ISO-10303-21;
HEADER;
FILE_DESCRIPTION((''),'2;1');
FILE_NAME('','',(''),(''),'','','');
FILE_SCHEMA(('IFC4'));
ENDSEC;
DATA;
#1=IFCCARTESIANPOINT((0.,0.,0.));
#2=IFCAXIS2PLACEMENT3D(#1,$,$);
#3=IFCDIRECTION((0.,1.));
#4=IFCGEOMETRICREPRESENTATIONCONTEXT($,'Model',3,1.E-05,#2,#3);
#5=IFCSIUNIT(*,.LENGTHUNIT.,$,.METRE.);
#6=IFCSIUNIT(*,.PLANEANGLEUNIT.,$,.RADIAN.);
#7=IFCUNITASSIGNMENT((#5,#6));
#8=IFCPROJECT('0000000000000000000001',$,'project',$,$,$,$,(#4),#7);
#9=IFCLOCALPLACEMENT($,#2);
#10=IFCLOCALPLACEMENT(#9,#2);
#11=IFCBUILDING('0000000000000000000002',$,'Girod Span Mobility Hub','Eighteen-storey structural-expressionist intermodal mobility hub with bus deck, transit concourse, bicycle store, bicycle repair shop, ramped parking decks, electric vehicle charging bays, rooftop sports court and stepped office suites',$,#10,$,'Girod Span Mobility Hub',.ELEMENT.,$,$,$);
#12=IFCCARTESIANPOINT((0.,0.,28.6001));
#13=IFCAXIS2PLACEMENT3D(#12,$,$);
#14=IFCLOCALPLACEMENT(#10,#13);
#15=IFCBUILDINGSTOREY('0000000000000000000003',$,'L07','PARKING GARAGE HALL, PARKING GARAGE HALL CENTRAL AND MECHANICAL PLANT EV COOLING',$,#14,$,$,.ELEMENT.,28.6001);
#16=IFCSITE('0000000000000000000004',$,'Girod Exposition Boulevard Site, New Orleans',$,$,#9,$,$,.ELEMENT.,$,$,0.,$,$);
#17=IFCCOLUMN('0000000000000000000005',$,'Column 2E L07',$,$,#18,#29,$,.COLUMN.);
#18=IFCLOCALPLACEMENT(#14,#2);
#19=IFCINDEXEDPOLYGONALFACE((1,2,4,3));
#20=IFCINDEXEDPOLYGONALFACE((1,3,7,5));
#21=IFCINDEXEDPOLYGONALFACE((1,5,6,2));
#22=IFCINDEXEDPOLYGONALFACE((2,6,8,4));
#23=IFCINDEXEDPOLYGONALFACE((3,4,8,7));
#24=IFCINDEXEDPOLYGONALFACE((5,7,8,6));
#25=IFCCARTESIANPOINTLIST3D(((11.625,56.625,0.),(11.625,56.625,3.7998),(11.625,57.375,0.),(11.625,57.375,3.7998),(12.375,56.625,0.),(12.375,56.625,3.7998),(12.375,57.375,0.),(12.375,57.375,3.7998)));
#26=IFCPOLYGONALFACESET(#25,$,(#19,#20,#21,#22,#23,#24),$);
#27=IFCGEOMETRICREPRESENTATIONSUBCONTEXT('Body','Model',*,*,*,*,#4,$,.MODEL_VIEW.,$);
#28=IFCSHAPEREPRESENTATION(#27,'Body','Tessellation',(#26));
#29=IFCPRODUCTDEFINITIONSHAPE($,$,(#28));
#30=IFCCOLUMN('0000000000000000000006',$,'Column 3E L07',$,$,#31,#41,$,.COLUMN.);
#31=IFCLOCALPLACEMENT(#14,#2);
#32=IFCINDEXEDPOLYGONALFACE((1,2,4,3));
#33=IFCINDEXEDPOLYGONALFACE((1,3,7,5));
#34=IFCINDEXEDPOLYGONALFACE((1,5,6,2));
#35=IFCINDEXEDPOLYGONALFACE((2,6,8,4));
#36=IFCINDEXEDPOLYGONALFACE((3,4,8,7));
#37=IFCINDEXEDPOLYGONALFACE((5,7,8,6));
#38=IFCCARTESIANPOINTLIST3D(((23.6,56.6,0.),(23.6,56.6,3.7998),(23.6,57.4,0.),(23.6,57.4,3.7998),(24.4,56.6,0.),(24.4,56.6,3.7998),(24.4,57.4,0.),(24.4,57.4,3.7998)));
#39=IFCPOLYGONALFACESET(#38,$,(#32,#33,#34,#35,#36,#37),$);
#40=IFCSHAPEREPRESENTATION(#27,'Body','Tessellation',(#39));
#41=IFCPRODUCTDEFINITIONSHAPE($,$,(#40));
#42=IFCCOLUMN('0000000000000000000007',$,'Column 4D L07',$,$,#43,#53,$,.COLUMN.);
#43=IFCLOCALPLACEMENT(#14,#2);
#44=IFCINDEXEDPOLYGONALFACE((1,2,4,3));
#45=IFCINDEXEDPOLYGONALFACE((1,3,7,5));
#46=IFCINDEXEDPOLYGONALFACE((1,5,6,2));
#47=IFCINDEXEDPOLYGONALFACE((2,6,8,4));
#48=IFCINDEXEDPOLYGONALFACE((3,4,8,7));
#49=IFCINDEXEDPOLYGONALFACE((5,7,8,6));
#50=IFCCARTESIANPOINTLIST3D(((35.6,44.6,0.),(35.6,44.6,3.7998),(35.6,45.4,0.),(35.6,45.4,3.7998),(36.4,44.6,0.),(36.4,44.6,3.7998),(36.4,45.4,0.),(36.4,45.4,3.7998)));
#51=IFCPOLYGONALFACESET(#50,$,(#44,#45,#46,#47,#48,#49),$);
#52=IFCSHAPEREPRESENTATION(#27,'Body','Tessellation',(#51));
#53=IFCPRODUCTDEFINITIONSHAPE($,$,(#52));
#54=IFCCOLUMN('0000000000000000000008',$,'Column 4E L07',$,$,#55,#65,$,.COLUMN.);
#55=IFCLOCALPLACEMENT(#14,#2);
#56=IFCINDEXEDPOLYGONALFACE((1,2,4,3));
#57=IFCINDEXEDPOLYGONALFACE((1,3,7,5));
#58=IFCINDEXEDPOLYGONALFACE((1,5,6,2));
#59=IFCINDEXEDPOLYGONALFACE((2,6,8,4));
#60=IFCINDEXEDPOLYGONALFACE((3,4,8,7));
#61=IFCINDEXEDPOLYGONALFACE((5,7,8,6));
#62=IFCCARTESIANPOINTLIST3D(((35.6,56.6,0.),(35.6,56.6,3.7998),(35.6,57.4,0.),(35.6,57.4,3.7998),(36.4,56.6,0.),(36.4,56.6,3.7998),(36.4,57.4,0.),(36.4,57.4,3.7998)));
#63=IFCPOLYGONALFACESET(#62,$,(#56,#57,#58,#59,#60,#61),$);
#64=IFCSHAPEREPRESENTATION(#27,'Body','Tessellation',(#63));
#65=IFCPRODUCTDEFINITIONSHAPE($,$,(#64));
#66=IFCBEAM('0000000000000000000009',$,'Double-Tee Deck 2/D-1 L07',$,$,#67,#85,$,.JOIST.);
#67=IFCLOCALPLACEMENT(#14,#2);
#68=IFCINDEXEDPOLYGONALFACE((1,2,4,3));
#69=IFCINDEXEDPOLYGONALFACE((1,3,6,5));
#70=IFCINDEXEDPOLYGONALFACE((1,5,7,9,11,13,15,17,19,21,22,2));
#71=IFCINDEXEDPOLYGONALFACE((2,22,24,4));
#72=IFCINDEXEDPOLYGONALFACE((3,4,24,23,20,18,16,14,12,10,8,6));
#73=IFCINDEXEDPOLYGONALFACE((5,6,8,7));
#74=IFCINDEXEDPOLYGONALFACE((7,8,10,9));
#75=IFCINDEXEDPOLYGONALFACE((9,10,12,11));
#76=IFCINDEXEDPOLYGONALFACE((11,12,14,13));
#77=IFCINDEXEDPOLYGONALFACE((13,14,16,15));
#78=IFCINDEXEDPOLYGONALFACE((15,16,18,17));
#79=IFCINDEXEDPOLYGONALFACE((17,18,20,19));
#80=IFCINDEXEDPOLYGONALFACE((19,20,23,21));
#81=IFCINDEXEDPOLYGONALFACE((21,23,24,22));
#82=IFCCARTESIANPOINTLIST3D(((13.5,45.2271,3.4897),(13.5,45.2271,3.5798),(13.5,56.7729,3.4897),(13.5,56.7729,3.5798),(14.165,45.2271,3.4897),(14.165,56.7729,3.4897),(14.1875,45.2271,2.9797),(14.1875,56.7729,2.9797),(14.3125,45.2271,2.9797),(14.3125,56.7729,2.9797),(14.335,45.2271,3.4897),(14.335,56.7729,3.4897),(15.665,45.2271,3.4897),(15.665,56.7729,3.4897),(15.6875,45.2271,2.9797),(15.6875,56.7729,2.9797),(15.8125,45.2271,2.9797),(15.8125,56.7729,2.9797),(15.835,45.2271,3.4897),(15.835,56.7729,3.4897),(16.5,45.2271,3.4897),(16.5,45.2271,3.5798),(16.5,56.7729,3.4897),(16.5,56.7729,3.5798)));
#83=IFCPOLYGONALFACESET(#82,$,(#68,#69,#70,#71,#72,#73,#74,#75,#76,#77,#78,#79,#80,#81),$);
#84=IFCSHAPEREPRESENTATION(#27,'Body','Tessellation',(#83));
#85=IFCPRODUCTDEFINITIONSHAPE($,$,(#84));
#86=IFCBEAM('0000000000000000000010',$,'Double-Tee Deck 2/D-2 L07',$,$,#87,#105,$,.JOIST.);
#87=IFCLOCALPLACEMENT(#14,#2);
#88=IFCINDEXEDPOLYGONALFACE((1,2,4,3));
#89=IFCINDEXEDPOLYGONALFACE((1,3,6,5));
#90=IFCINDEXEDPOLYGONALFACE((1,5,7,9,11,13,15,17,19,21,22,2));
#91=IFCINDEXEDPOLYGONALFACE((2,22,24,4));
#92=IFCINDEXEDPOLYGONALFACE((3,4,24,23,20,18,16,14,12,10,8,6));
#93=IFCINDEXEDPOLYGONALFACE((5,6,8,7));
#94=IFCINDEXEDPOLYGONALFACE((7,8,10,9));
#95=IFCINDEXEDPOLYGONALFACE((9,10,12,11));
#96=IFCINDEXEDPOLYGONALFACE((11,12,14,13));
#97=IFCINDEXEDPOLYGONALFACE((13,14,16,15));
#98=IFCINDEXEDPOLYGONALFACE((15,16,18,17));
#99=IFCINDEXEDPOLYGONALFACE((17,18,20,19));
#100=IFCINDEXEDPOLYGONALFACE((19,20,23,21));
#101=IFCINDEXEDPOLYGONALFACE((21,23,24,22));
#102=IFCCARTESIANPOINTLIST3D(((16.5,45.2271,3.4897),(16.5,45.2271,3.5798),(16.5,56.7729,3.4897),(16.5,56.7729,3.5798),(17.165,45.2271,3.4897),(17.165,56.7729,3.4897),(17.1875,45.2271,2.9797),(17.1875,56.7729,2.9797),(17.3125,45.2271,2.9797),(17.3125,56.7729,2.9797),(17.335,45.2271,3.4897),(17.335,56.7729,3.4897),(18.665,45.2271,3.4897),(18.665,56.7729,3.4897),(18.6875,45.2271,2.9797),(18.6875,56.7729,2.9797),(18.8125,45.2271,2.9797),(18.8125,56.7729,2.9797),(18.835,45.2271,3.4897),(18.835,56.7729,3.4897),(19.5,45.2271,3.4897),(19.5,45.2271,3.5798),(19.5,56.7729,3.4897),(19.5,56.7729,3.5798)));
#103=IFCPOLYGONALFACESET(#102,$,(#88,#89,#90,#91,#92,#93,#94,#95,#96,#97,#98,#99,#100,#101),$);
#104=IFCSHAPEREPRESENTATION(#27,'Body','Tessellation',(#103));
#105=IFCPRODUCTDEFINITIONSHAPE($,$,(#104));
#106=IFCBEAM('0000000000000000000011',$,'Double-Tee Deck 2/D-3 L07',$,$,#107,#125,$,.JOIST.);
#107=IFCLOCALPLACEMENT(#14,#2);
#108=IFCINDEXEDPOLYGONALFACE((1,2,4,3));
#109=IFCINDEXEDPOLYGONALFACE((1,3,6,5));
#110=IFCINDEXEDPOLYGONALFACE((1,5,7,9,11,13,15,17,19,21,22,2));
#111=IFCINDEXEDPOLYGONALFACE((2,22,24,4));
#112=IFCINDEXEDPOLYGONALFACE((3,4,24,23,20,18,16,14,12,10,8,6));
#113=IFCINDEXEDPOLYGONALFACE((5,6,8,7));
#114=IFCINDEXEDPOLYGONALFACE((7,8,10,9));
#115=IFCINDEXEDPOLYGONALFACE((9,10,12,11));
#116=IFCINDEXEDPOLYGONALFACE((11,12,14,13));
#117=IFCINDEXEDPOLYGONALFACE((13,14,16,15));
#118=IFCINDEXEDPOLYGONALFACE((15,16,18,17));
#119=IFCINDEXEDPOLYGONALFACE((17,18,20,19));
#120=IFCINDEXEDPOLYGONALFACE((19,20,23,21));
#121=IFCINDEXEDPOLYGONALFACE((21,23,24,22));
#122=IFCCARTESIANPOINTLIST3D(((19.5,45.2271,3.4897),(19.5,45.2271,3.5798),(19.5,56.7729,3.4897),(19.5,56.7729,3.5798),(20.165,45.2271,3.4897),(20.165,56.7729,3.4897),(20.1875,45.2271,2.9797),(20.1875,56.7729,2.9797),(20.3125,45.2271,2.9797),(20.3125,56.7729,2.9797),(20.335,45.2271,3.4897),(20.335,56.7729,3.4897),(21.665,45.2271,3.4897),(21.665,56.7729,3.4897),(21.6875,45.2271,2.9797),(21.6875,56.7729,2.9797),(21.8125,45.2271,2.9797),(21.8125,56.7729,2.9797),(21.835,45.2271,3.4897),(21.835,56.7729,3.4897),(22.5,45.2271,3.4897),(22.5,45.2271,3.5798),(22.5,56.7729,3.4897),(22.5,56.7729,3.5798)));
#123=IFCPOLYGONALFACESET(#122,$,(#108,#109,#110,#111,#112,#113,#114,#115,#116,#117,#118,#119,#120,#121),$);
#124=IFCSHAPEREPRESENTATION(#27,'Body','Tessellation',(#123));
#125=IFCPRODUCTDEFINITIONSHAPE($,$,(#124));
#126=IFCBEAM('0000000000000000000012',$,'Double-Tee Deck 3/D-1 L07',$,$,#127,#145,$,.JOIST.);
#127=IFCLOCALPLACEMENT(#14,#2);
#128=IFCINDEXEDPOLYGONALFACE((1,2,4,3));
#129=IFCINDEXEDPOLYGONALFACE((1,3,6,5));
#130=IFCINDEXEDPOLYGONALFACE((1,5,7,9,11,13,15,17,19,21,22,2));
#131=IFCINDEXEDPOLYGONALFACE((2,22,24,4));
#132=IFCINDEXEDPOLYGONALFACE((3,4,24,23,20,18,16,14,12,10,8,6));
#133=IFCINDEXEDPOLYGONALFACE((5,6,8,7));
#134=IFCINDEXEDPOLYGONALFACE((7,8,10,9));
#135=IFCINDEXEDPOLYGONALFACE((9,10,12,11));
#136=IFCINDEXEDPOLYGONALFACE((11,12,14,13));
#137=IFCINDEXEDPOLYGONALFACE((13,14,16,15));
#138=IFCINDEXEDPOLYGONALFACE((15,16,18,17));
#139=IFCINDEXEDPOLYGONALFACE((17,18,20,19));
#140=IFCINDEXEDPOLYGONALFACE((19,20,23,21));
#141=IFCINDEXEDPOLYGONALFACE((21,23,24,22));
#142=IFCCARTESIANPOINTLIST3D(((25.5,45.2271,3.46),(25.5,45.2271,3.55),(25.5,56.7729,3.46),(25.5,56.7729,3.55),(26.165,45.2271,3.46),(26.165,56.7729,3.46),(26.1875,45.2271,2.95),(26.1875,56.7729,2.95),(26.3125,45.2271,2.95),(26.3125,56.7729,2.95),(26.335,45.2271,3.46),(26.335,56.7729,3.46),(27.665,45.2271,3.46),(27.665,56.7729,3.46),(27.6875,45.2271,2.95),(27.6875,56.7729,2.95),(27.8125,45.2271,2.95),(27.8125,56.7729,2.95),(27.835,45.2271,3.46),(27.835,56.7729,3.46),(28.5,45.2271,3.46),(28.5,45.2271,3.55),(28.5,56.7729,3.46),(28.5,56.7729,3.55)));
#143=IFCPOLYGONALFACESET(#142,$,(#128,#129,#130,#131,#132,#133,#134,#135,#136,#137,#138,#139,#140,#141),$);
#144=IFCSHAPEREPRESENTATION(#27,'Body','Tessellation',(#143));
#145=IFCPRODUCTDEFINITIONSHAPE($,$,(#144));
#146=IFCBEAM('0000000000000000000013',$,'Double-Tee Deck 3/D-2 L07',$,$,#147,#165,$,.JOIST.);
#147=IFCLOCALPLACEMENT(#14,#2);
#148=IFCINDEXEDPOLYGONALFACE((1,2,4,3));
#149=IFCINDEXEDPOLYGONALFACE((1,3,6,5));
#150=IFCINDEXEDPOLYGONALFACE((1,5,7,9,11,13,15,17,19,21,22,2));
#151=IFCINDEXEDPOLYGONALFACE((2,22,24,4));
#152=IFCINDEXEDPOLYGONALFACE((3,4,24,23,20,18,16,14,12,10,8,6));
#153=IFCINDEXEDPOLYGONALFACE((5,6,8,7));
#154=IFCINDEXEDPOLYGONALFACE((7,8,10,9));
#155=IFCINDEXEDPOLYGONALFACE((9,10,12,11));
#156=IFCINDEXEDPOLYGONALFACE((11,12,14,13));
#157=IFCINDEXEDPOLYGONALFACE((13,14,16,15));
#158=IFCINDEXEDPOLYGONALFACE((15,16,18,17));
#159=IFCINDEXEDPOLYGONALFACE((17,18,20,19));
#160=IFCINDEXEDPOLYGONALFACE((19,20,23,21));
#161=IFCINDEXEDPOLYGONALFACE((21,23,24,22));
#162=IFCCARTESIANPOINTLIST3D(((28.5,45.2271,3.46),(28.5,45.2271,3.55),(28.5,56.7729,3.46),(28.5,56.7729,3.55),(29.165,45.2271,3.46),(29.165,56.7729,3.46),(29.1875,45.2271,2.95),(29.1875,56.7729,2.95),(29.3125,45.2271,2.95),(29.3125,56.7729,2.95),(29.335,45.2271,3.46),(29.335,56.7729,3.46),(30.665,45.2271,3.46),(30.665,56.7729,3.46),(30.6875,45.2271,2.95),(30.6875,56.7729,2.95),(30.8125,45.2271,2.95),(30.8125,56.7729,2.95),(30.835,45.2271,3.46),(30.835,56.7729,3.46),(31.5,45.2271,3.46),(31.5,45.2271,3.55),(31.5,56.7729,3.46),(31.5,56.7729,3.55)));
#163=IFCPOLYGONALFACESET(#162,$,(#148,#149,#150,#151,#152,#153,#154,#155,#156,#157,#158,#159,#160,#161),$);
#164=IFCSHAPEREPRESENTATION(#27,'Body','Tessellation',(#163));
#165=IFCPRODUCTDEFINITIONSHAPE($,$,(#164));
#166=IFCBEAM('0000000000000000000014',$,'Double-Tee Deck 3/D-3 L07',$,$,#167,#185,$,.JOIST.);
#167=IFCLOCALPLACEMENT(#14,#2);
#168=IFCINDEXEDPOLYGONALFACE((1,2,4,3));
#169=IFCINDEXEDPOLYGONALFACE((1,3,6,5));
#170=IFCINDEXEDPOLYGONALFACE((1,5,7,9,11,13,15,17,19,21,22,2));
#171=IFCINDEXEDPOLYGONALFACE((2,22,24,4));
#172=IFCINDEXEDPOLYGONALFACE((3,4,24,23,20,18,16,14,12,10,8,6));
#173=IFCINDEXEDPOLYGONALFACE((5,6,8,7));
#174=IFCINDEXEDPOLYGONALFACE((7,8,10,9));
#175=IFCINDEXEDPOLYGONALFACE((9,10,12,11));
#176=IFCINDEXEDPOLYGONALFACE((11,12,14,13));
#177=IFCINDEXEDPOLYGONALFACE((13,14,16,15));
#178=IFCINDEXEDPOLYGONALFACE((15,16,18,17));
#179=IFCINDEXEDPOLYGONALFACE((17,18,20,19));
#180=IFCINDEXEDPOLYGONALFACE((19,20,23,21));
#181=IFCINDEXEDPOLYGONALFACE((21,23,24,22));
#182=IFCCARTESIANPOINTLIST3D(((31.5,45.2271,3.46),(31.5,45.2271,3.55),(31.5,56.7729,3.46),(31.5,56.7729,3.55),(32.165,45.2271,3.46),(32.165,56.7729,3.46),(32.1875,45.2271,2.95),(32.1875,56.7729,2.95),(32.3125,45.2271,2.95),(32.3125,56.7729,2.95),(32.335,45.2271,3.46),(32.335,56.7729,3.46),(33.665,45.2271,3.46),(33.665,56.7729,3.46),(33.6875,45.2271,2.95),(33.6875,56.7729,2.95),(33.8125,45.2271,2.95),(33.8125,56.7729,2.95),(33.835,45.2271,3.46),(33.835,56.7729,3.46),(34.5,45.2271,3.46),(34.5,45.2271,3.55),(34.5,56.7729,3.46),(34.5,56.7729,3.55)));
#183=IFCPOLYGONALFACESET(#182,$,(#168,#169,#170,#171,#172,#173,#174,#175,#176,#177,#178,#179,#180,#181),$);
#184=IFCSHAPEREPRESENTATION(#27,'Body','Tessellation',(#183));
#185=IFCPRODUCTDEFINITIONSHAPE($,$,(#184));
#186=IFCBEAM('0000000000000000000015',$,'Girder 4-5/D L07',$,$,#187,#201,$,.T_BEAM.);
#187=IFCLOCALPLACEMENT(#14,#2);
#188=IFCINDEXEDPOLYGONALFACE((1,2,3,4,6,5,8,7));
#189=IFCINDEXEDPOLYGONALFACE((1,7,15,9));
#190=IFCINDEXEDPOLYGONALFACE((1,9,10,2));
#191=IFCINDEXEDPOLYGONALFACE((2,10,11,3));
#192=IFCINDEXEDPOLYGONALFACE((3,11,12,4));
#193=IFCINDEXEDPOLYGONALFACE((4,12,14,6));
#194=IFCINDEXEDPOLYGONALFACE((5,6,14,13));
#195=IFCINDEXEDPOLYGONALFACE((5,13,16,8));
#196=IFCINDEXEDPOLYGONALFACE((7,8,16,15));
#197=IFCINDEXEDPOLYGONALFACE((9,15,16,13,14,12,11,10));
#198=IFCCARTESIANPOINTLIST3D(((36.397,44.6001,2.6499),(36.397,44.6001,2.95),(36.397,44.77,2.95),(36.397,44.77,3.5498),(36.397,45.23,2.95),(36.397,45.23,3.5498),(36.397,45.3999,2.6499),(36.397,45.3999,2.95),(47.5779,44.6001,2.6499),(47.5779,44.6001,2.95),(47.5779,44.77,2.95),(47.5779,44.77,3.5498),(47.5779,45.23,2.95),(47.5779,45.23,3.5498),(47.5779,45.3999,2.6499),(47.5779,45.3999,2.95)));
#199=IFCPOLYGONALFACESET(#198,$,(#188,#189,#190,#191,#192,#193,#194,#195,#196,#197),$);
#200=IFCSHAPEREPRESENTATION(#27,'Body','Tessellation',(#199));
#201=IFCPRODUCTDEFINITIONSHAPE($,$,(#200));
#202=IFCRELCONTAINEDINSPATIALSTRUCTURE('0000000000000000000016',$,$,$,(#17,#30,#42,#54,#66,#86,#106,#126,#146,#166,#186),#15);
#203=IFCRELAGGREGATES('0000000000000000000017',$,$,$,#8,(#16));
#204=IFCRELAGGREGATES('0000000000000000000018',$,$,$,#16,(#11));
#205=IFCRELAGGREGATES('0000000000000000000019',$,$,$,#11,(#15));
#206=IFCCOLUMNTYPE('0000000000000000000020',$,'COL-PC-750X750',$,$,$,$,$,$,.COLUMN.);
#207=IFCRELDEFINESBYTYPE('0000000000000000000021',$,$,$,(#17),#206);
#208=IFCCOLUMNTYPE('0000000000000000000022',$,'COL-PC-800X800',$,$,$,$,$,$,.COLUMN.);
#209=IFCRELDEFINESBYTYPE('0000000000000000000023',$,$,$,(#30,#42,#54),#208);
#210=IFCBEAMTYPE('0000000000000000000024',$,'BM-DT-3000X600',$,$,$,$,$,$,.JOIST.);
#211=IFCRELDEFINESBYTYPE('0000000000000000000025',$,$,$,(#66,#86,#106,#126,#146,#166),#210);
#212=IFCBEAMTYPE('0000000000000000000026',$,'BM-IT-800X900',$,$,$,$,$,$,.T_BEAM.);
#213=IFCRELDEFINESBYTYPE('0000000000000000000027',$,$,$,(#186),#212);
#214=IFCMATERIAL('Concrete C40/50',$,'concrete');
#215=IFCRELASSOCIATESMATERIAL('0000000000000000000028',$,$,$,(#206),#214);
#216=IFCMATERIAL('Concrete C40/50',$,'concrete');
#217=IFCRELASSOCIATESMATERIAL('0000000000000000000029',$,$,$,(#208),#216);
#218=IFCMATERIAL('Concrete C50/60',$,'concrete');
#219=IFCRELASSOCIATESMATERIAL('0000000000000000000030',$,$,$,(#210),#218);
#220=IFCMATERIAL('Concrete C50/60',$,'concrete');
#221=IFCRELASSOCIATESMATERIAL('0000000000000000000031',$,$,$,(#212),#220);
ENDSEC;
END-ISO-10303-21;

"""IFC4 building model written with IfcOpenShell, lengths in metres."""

from ifc_helpers import new_model, si_unit, direction, frame, origin, origin_2d, place, context, subcontext, project, spatial, polyline, rectangle, outline, extrude, material, material_profile, profile_set, type_object, element, save


model = new_model("IFC4")

# Units and contexts
model_context = context("Model", 3, precision=1e-05, world=origin(), true_north=direction((0.0, 1.0)))
body_context = subcontext(model_context, "Body", "Model", "MODEL_VIEW")
ifc_project = project(units=[si_unit("LENGTHUNIT", "METRE"), si_unit("PLANEANGLEUNIT", "RADIAN")], contexts=[model_context])

# Site, building, storey
site_placement = place(None, origin())
site = spatial("IfcSite", under=ifc_project, at=site_placement, Name="Girod Exposition Boulevard Site, New Orleans", CompositionType="ELEMENT", RefElevation=0.0)
building_placement = place(site_placement, origin())
building = spatial("IfcBuilding", under=site, at=building_placement, Name="Girod Span Mobility Hub", Description="Eighteen-storey structural-expressionist intermodal mobility hub with bus deck, transit concourse, bicycle store, bicycle repair shop, ramped parking decks, electric vehicle charging bays, rooftop sports court and stepped office suites", LongName="Girod Span Mobility Hub", CompositionType="ELEMENT")
storey_placement = place(building_placement, frame((0.0, 0.0, 28.6001)))
storey = spatial("IfcBuildingStorey", under=building, at=storey_placement, Name="L07", Description="PARKING GARAGE HALL, PARKING GARAGE HALL CENTRAL AND MECHANICAL PLANT EV COOLING", CompositionType="ELEMENT", Elevation=28.6001)

# Columns
ifc_material_1 = material(Name="Concrete C40/50", Category="concrete")
ifc_material_profile_1 = material_profile(ifc_material_1, rectangle(XDim=0.75, YDim=0.75, at=origin_2d()), Name="PC-COL-750X750")
ifc_profile_set_1 = profile_set([ifc_material_profile_1], Name="Concrete C40/50")
column_type_1 = type_object("IfcColumnType", Name="COL-PC-750X750", PredefinedType="COLUMN", material=ifc_profile_set_1)
column_placement = place(storey_placement, frame((12.0, 57.0, 0.0), z_axis=(0.0, 0.0, 1.0), x_axis=(1.0, 0.0, 0.0)))
element("IfcColumn", 1, at=column_placement, inside=storey, type_object=column_type_1, Name="Column 2E L07", PredefinedType="COLUMN", context=body_context, shape_type="SweptSolid", body=[
    extrude(rectangle(XDim=0.75, YDim=0.75, at=origin_2d()), origin(), (0.0, 0.0, 1.0), 3.7998),
])
ifc_material_2 = material(Name="Concrete C40/50", Category="concrete")
ifc_material_profile_2 = material_profile(ifc_material_2, rectangle(XDim=0.8, YDim=0.8, at=origin_2d()), Name="PC-COL-800X800")
ifc_profile_set_2 = profile_set([ifc_material_profile_2], Name="Concrete C40/50")
column_type_2 = type_object("IfcColumnType", Name="COL-PC-800X800", PredefinedType="COLUMN", material=ifc_profile_set_2)
for number, where, z_axis, x_axis, name in (
    (2, (24.0, 57.0, 0.0), (0.0, 0.0, 1.0), (1.0, 0.0, 0.0), "Column 3E L07"),
    (3, (36.0, 45.0, 0.0), (0.0, 0.0, 1.0), (1.0, 0.0, 0.0), "Column 4D L07"),
    (4, (36.0, 57.0, 0.0), (0.0, 0.0, 1.0), (1.0, 0.0, 0.0), "Column 4E L07"),
):
    element("IfcColumn", number, at=place(storey_placement, frame(where, z_axis=z_axis, x_axis=x_axis)), inside=storey, type_object=column_type_2, Name=name, PredefinedType="COLUMN", context=body_context, shape_type="SweptSolid", body=[
        extrude(rectangle(XDim=0.8, YDim=0.8, at=origin_2d()), origin(), (0.0, 0.0, 1.0), 3.7998),
    ])

# Beams
ifc_material_3 = material(Name="Concrete C50/60", Category="concrete")
ifc_material_profile_3 = material_profile(ifc_material_3, outline(polyline([(-1.5, 0.3), (-1.5, 0.21), (-0.835, 0.21), (-0.8125, -0.3), (-0.6875, -0.3), (-0.665, 0.21), (0.665, 0.21), (0.6875, -0.3), (0.8125, -0.3), (0.835, 0.21), (1.5, 0.21), (1.5, 0.3), (-1.5, 0.3)])), Name="DT-3000X600")
ifc_profile_set_3 = profile_set([ifc_material_profile_3], Name="Concrete C50/60")
beam_type_1 = type_object("IfcBeamType", Name="BM-DT-3000X600", PredefinedType="JOIST", material=ifc_profile_set_3)
for number, where, z_axis, x_axis, name in (
    (5, (15.0, 45.2271, 3.2798), (0.0, 1.0, 0.0), (-1.0, 0.0, 0.0), "Double-Tee Deck 2/D-1 L07"),
    (6, (18.0, 45.2271, 3.2798), (0.0, 1.0, 0.0), (-1.0, 0.0, 0.0), "Double-Tee Deck 2/D-2 L07"),
    (7, (21.0, 45.2271, 3.2798), (0.0, 1.0, 0.0), (-1.0, 0.0, 0.0), "Double-Tee Deck 2/D-3 L07"),
    (8, (27.0, 45.2271, 3.25), (0.0, 1.0, 0.0), (-1.0, 0.0, 0.0), "Double-Tee Deck 3/D-1 L07"),
    (9, (30.0, 45.2271, 3.25), (0.0, 1.0, 0.0), (-1.0, 0.0, 0.0), "Double-Tee Deck 3/D-2 L07"),
    (10, (33.0, 45.2271, 3.25), (0.0, 1.0, 0.0), (-1.0, 0.0, 0.0), "Double-Tee Deck 3/D-3 L07"),
):
    element("IfcBeam", number, at=place(storey_placement, frame(where, z_axis=z_axis, x_axis=x_axis)), inside=storey, type_object=beam_type_1, Name=name, PredefinedType="JOIST", context=body_context, shape_type="SweptSolid", body=[
        extrude(outline(polyline([(-1.5, 0.3), (-1.5, 0.21), (-0.835, 0.21), (-0.8125, -0.3), (-0.6875, -0.3), (-0.665, 0.21), (0.665, 0.21), (0.6875, -0.3), (0.8125, -0.3), (0.835, 0.21), (1.5, 0.21), (1.5, 0.3), (-1.5, 0.3)])), origin(), (0.0, 0.0, 1.0), 11.5459),
    ])
ifc_material_4 = material(Name="Concrete C50/60", Category="concrete")
ifc_material_profile_4 = material_profile(ifc_material_4, outline(polyline([(-0.3999, -0.45), (0.3999, -0.45), (0.3999, -0.1499), (0.23, -0.1499), (0.23, 0.45), (-0.23, 0.45), (-0.23, -0.1499), (-0.3999, -0.1499), (-0.3999, -0.45)])), Name="IT-800X900")
ifc_profile_set_4 = profile_set([ifc_material_profile_4], Name="Concrete C50/60")
beam_type_2 = type_object("IfcBeamType", Name="BM-IT-800X900", PredefinedType="T_BEAM", material=ifc_profile_set_4)
beam_1_placement = place(storey_placement, frame((36.397, 45.0, 3.0999), z_axis=(1.0, 0.0, 0.0), x_axis=(0.0, 1.0, 0.0)))
element("IfcBeam", 11, at=beam_1_placement, inside=storey, type_object=beam_type_2, Name="Girder 4-5/D L07", PredefinedType="T_BEAM", context=body_context, shape_type="SweptSolid", body=[
    extrude(outline(polyline([(-0.3999, -0.45), (0.3999, -0.45), (0.3999, -0.1499), (0.23, -0.1499), (0.23, 0.45), (-0.23, 0.45), (-0.23, -0.1499), (-0.3999, -0.1499), (-0.3999, -0.45)])), origin(), (0.0, 0.0, 1.0), 11.1809),
])

save(model, "model.ifc")
